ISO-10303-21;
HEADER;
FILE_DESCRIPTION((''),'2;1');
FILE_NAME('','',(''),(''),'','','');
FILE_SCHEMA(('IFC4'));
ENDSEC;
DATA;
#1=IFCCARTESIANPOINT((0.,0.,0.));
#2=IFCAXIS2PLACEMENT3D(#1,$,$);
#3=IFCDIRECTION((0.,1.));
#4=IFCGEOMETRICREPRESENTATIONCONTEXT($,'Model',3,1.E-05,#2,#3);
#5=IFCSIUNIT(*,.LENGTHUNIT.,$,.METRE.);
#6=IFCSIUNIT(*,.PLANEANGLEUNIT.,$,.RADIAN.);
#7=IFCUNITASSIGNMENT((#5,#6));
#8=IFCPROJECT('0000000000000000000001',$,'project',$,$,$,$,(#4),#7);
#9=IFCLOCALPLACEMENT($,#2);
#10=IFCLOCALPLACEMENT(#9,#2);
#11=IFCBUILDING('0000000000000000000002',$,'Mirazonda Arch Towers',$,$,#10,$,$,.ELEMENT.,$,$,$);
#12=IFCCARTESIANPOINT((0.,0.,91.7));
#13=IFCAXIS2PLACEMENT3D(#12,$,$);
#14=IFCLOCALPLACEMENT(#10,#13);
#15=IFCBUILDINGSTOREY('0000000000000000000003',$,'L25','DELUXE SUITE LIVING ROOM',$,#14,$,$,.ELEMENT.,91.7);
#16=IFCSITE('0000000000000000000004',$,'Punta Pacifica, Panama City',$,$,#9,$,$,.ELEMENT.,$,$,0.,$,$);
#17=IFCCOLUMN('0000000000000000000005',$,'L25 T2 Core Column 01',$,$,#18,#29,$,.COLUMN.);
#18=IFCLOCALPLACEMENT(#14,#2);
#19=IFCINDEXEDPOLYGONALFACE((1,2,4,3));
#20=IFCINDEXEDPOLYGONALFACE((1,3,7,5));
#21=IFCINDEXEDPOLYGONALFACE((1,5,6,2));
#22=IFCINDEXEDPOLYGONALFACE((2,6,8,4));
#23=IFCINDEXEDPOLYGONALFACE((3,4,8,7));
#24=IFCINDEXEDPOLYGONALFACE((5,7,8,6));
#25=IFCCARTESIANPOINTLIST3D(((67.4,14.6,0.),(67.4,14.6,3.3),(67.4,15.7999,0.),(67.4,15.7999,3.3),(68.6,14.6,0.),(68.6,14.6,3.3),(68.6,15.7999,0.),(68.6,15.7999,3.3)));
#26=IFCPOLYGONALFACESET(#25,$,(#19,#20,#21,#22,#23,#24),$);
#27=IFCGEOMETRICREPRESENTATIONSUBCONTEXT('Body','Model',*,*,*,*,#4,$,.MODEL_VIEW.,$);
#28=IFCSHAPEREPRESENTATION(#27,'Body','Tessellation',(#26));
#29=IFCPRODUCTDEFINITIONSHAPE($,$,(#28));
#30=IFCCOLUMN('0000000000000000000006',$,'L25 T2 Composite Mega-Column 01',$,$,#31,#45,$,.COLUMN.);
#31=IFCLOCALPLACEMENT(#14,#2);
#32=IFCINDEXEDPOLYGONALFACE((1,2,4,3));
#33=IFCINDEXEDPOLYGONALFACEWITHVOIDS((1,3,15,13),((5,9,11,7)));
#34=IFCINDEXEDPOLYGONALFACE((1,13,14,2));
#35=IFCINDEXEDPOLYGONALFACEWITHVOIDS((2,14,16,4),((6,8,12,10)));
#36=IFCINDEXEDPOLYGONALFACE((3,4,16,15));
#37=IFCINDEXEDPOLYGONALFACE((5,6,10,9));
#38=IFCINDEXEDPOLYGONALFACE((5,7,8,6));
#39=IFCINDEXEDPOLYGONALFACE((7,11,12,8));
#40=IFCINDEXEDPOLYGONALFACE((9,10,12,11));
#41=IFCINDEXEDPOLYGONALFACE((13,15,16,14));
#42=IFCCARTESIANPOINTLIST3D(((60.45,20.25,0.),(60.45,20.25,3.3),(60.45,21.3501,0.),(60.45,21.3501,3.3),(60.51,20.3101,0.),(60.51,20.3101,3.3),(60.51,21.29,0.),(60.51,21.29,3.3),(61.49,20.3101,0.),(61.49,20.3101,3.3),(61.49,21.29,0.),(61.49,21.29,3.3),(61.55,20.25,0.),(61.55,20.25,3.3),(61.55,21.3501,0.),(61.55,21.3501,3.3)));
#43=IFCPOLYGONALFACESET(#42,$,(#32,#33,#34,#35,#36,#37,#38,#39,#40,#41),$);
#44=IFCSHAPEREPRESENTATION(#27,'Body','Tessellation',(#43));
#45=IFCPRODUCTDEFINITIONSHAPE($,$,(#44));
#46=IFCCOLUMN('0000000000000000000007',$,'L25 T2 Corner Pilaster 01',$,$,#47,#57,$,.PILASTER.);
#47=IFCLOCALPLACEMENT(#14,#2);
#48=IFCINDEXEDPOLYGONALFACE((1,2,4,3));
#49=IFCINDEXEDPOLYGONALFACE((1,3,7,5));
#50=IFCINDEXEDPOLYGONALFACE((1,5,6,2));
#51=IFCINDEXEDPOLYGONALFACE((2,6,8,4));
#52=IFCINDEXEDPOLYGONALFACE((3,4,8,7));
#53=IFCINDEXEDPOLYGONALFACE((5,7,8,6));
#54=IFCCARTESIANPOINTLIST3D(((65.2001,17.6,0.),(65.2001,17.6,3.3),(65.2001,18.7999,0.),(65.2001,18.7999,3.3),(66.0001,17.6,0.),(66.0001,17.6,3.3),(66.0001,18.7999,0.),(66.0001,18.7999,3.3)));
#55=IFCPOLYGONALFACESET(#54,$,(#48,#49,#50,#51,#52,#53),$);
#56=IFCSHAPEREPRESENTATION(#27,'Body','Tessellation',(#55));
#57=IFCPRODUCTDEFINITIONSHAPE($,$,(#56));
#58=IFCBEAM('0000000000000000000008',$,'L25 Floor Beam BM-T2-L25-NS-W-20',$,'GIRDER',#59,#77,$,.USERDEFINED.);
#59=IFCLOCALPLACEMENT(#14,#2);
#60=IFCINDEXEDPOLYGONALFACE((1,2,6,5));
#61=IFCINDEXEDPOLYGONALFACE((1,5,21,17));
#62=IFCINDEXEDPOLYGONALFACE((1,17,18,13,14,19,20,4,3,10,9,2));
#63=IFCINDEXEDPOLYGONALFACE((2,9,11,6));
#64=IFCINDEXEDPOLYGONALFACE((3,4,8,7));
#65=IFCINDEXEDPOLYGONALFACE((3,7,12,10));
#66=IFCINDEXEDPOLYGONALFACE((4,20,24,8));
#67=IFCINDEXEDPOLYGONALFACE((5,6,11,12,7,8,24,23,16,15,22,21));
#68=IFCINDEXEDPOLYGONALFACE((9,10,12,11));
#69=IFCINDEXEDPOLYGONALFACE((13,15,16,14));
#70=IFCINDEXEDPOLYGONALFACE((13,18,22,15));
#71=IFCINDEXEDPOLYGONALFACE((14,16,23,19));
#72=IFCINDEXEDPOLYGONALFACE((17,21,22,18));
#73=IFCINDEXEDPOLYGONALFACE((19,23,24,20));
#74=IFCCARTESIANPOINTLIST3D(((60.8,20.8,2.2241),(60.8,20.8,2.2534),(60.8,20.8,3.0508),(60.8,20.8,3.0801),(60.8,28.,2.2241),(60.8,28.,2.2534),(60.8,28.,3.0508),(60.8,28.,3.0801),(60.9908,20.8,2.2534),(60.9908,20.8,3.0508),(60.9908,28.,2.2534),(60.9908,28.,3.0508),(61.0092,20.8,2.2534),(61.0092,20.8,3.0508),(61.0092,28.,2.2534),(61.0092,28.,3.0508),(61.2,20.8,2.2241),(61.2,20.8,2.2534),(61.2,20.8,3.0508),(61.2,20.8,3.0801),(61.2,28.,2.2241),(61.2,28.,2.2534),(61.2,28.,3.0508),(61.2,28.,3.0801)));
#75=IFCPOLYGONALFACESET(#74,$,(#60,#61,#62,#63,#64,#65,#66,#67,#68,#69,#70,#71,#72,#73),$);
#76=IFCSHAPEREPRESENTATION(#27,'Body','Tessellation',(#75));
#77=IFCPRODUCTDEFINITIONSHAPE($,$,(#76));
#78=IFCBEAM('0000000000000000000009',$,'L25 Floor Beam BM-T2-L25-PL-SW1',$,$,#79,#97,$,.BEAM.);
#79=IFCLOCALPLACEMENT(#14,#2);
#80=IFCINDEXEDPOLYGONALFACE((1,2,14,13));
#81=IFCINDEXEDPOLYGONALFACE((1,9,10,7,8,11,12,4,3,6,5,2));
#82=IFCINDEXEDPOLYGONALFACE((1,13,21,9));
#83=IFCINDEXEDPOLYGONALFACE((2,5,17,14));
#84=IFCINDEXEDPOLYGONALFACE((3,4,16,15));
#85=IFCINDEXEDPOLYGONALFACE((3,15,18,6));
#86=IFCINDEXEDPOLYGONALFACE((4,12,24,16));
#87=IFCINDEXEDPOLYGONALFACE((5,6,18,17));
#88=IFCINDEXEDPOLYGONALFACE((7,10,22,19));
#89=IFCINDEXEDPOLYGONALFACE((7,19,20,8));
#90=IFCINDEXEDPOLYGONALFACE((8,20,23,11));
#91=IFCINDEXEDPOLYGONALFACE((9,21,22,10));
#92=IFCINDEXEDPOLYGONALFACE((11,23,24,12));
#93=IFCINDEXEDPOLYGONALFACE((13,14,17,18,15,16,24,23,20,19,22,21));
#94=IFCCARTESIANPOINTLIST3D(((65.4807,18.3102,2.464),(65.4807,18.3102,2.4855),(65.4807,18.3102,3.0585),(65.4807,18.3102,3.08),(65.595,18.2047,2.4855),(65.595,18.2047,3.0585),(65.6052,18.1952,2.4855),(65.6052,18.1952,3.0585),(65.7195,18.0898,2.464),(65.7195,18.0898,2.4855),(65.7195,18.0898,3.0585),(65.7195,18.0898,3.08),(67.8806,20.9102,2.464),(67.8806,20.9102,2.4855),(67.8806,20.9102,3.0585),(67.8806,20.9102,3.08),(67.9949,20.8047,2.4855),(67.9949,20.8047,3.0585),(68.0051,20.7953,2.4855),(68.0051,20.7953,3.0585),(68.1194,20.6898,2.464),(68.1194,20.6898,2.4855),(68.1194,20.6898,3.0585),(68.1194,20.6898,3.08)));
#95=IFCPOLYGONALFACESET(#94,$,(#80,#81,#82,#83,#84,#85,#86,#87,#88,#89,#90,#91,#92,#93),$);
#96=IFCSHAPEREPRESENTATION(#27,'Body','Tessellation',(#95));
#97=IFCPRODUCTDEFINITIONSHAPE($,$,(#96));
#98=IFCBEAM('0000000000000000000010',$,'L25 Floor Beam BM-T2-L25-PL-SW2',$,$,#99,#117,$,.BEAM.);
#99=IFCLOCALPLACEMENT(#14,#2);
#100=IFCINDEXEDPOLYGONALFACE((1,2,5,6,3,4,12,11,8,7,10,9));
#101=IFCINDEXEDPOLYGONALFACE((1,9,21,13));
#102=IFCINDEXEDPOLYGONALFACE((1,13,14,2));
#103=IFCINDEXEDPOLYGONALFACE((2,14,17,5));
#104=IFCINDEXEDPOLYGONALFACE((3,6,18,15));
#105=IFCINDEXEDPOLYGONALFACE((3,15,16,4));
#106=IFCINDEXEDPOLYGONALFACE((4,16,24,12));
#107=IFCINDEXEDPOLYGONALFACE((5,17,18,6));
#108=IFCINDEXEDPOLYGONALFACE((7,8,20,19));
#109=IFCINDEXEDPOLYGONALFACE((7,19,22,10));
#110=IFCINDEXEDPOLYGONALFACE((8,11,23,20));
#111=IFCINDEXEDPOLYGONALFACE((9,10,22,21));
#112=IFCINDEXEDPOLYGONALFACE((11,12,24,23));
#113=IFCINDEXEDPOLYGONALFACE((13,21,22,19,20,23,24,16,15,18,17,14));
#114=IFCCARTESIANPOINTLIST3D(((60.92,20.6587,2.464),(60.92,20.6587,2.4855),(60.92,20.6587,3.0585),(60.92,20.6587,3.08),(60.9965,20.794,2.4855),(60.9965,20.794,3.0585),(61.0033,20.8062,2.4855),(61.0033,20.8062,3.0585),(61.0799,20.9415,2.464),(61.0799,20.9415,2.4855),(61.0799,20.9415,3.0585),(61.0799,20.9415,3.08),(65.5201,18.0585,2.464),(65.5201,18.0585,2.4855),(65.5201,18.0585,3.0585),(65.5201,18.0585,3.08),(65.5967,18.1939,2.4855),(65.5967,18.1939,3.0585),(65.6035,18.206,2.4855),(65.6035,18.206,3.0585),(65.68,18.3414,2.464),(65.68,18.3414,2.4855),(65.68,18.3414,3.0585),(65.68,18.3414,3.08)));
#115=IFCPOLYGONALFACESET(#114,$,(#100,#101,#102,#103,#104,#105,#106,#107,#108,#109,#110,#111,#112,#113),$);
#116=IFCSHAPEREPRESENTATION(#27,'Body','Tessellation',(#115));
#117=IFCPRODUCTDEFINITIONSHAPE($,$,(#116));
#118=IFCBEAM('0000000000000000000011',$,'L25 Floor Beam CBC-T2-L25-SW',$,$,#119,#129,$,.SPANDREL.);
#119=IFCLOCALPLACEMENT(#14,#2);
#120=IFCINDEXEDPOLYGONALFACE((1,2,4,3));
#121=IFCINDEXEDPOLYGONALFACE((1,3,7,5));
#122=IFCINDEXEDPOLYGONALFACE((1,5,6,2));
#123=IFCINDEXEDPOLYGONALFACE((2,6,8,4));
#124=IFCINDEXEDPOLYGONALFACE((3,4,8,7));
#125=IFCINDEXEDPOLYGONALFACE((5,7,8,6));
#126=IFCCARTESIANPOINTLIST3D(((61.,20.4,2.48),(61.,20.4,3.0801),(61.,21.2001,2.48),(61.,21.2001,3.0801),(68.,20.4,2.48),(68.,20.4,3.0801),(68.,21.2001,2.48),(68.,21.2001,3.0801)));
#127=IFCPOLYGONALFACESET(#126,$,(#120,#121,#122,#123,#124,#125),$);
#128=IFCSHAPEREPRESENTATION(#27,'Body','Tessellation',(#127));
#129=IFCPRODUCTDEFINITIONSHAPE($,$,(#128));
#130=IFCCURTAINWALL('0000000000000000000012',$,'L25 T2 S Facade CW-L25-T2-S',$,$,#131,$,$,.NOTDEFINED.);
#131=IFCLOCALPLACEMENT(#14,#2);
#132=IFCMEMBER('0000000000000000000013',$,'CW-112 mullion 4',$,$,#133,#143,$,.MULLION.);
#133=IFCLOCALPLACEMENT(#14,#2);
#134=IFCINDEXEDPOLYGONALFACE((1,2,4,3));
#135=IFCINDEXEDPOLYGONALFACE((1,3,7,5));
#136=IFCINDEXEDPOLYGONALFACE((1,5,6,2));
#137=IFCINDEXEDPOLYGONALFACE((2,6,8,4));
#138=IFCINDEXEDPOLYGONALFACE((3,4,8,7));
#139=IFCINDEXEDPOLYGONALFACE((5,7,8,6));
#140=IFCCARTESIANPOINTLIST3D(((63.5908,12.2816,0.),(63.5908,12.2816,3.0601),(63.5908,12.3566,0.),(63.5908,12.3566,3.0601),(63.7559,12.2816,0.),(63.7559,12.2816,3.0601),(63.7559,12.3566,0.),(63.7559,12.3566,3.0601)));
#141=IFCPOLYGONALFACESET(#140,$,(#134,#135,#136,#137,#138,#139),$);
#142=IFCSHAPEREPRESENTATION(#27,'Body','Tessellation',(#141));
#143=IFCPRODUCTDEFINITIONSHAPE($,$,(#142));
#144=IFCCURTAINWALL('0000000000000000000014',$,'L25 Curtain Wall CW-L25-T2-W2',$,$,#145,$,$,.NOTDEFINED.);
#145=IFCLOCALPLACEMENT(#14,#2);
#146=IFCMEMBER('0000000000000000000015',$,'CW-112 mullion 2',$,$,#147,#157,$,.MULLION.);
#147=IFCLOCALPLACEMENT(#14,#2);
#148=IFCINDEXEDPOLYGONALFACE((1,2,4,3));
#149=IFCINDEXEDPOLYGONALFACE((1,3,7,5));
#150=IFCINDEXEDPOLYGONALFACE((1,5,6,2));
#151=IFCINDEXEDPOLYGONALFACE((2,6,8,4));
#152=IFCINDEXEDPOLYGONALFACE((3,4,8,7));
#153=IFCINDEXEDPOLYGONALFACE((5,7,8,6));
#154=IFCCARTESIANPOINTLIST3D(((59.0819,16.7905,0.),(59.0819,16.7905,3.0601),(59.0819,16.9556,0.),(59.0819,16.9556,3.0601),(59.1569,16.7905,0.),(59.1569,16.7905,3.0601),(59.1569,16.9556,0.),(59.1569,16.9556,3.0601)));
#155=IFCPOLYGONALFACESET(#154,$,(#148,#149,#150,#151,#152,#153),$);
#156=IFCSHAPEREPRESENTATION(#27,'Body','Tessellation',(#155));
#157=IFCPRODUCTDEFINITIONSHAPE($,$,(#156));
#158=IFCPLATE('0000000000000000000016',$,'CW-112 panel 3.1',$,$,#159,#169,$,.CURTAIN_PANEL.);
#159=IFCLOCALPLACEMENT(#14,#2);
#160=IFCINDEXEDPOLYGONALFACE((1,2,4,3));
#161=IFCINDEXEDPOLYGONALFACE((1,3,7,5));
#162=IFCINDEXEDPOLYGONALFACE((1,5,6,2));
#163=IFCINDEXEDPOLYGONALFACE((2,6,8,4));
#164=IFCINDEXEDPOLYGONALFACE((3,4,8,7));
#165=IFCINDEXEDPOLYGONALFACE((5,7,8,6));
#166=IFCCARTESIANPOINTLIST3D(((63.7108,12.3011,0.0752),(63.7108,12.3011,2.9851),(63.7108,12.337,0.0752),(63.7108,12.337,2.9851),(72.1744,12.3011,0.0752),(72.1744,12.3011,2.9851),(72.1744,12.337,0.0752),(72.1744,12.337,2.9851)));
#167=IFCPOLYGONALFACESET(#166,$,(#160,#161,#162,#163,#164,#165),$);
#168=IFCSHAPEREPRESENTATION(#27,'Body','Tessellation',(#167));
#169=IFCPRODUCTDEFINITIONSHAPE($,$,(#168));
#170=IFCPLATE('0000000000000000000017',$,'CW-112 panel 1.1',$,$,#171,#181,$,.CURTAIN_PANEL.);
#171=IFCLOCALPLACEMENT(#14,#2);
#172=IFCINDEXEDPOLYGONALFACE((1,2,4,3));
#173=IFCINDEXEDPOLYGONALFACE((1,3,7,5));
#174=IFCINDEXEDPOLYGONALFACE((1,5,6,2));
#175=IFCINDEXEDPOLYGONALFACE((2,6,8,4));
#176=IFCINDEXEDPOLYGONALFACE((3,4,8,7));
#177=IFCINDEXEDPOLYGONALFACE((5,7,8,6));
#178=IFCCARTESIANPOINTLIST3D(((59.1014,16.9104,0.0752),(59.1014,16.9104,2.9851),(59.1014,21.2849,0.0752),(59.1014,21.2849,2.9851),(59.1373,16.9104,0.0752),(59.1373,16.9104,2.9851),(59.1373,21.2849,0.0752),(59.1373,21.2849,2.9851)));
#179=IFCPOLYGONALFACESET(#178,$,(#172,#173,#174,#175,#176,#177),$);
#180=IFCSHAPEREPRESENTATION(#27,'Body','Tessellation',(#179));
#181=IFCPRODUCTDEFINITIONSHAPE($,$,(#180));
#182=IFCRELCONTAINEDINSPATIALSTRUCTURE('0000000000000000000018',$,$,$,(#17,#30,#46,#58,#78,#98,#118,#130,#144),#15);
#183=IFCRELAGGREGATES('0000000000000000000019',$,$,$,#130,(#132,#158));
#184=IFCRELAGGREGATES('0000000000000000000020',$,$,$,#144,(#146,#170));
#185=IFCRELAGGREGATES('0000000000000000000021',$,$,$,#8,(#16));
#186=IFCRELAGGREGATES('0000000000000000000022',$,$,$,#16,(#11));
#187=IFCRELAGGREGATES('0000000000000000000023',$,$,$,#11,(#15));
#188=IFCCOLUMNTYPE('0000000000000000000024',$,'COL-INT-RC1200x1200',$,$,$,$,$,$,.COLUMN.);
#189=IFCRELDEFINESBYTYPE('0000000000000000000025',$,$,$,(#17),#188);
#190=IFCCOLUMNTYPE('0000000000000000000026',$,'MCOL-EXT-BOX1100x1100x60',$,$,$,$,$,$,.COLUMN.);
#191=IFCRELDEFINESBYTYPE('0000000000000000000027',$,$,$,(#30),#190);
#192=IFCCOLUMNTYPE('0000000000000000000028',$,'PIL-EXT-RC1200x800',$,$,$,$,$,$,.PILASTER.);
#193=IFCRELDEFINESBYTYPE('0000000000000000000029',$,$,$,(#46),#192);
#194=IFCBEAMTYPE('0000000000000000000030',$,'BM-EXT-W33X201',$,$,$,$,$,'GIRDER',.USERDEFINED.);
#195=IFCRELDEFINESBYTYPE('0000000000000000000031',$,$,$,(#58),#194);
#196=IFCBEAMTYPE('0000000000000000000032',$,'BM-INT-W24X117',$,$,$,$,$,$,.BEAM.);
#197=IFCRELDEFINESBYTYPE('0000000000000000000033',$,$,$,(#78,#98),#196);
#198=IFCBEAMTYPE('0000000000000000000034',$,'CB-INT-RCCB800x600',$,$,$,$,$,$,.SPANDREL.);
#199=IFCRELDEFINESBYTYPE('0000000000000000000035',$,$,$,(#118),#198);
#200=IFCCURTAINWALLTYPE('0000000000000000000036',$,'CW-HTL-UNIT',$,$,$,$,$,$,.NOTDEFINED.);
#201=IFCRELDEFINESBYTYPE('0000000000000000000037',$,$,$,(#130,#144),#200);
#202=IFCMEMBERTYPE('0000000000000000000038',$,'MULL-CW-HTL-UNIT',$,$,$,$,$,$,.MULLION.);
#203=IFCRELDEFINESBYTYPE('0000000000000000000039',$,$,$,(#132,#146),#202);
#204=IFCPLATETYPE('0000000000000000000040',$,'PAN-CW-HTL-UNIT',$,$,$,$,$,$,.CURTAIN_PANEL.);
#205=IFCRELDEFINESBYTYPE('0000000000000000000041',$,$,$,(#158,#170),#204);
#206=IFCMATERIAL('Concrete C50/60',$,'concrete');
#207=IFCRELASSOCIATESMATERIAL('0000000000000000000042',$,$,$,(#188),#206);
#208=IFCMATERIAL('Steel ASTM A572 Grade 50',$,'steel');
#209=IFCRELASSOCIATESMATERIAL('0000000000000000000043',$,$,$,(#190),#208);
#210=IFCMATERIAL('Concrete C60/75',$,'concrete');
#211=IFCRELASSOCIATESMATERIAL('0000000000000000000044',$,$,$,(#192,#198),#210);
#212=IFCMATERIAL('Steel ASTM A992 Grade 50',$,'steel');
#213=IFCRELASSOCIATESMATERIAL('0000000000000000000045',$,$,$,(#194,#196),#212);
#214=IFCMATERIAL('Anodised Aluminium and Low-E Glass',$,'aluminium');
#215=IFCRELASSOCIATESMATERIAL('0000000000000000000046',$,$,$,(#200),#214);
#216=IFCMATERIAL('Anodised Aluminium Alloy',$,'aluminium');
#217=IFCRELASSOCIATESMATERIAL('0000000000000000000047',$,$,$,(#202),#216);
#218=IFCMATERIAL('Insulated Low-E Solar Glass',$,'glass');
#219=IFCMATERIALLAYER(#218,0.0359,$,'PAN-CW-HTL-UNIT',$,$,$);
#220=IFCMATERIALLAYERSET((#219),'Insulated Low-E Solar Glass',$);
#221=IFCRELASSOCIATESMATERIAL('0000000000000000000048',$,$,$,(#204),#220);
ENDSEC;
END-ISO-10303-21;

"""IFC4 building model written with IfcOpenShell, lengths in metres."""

from ifc_helpers import new_model, si_unit, direction, frame, origin, origin_2d, place, context, subcontext, project, spatial, rectangle, hollow_rectangle, i_section, extrude, material, layer, layer_set, material_profile, profile_set, type_object, element, aggregate, save


model = new_model("IFC4")

# Units and contexts
model_context = context("Model", 3, precision=1e-05, world=origin(), true_north=direction((0.0, 1.0)))
body_context = subcontext(model_context, "Body", "Model", "MODEL_VIEW")
ifc_project = project(units=[si_unit("LENGTHUNIT", "METRE"), si_unit("PLANEANGLEUNIT", "RADIAN")], contexts=[model_context])

# Site, building, storey
site_placement = place(None, origin())
site = spatial("IfcSite", under=ifc_project, at=site_placement, Name="Punta Pacifica, Panama City", CompositionType="ELEMENT", RefElevation=0.0)
building_placement = place(site_placement, origin())
building = spatial("IfcBuilding", under=site, at=building_placement, Name="Mirazonda Arch Towers", CompositionType="ELEMENT")
storey_placement = place(building_placement, frame((0.0, 0.0, 91.7)))
storey = spatial("IfcBuildingStorey", under=building, at=storey_placement, Name="L25", Description="DELUXE SUITE LIVING ROOM", CompositionType="ELEMENT", Elevation=91.7)

# Columns
ifc_material_1 = material(Name="Concrete C50/60", Category="concrete")
ifc_material_profile_1 = material_profile(ifc_material_1, rectangle(XDim=1.2, YDim=1.2, at=origin_2d()), Name="RC1200x1200")
ifc_profile_set_1 = profile_set([ifc_material_profile_1], Name="Concrete C50/60")
column_type_1 = type_object("IfcColumnType", Name="COL-INT-RC1200x1200", PredefinedType="COLUMN", material=ifc_profile_set_1)
column_1_placement = place(storey_placement, frame((68.0, 15.2, 0.0), z_axis=(0.0, 0.0, 1.0), x_axis=(1.0, 0.0, 0.0)))
element("IfcColumn", 1, at=column_1_placement, inside=storey, type_object=column_type_1, Name="L25 T2 Core Column 01", PredefinedType="COLUMN", context=body_context, shape_type="SweptSolid", body=[
    extrude(rectangle(XDim=1.2, YDim=1.2, at=origin_2d()), origin(), (0.0, 0.0, 1.0), 3.3),
])
ifc_material_2 = material(Name="Steel ASTM A572 Grade 50", Category="steel")
ifc_material_profile_2 = material_profile(ifc_material_2, hollow_rectangle(XDim=1.1001, YDim=1.1001, WallThickness=0.0601, at=origin_2d()), Name="BOX1100x1100x60")
ifc_profile_set_2 = profile_set([ifc_material_profile_2], Name="Steel ASTM A572 Grade 50")
column_type_2 = type_object("IfcColumnType", Name="MCOL-EXT-BOX1100x1100x60", PredefinedType="COLUMN", material=ifc_profile_set_2)
column_2_placement = place(storey_placement, frame((61.0, 20.8, 0.0), z_axis=(0.0, 0.0, 1.0), x_axis=(1.0, 0.0, 0.0)))
element("IfcColumn", 2, at=column_2_placement, inside=storey, type_object=column_type_2, Name="L25 T2 Composite Mega-Column 01", PredefinedType="COLUMN", context=body_context, shape_type="SweptSolid", body=[
    extrude(hollow_rectangle(XDim=1.1001, YDim=1.1001, WallThickness=0.0601, at=origin_2d()), origin(), (0.0, 0.0, 1.0), 3.3),
])
ifc_material_3 = material(Name="Concrete C60/75", Category="concrete")
ifc_material_profile_3 = material_profile(ifc_material_3, rectangle(XDim=0.8, YDim=1.2, at=origin_2d()), Name="RC1200x800")
ifc_profile_set_3 = profile_set([ifc_material_profile_3], Name="Concrete C60/75")
column_type_3 = type_object("IfcColumnType", Name="PIL-EXT-RC1200x800", PredefinedType="PILASTER", material=ifc_profile_set_3)
column_3_placement = place(storey_placement, frame((65.6001, 18.2, 0.0), z_axis=(0.0, 0.0, 1.0), x_axis=(1.0, 0.0, 0.0)))
element("IfcColumn", 3, at=column_3_placement, inside=storey, type_object=column_type_3, Name="L25 T2 Corner Pilaster 01", PredefinedType="PILASTER", context=body_context, shape_type="SweptSolid", body=[
    extrude(rectangle(XDim=0.8, YDim=1.2, at=origin_2d()), origin(), (0.0, 0.0, 1.0), 3.3),
])

# Beams
ifc_material_4 = material(Name="Steel ASTM A992 Grade 50", Category="steel")
ifc_material_profile_4 = material_profile(ifc_material_4, i_section(OverallWidth=0.3999, OverallDepth=0.856, WebThickness=0.0183, FlangeThickness=0.0293, at=origin_2d()), Name="W33X201")
ifc_profile_set_4 = profile_set([ifc_material_profile_4], Name="Steel ASTM A992 Grade 50")
beam_type_1 = type_object("IfcBeamType", Name="BM-EXT-W33X201", ElementType="GIRDER", PredefinedType="USERDEFINED", material=ifc_profile_set_4)
beam_1_placement = place(storey_placement, frame((61.0, 20.8, 2.6521), z_axis=(0.0, 1.0, 0.0), x_axis=(-1.0, 0.0, 0.0)))
element("IfcBeam", 4, at=beam_1_placement, inside=storey, type_object=beam_type_1, Name="L25 Floor Beam BM-T2-L25-NS-W-20", ObjectType="GIRDER", PredefinedType="USERDEFINED", context=body_context, shape_type="SweptSolid", body=[
    extrude(i_section(OverallWidth=0.3999, OverallDepth=0.856, WebThickness=0.0183, FlangeThickness=0.0293, at=origin_2d()), origin(), (0.0, 0.0, 1.0), 7.2),
])
ifc_material_profile_5 = material_profile(ifc_material_4, i_section(OverallWidth=0.325, OverallDepth=0.616, WebThickness=0.0139, FlangeThickness=0.0215, at=origin_2d()), Name="W24X117")
ifc_profile_set_5 = profile_set([ifc_material_profile_5], Name="Steel ASTM A992 Grade 50")
beam_type_2 = type_object("IfcBeamType", Name="BM-INT-W24X117", PredefinedType="BEAM", material=ifc_profile_set_5)
beam_2_placement = place(storey_placement, frame((65.6001, 18.2, 2.772), z_axis=(0.678251, 0.73483, 0.0), x_axis=(-0.73483, 0.678251, 0.0)))
element("IfcBeam", 5, at=beam_2_placement, inside=storey, type_object=beam_type_2, Name="L25 Floor Beam BM-T2-L25-PL-SW1", PredefinedType="BEAM", context=body_context, shape_type="SweptSolid", body=[
    extrude(i_section(OverallWidth=0.325, OverallDepth=0.616, WebThickness=0.0139, FlangeThickness=0.0215, at=origin_2d()), origin(), (0.0, 0.0, 1.0), 3.5383),
])
beam_3_placement = place(storey_placement, frame((65.6001, 18.2, 2.772), z_axis=(-0.870559, 0.492063, 0.0), x_axis=(-0.492063, -0.870559, 0.0)))
element("IfcBeam", 6, at=beam_3_placement, inside=storey, type_object=beam_type_2, Name="L25 Floor Beam BM-T2-L25-PL-SW2", PredefinedType="BEAM", context=body_context, shape_type="SweptSolid", body=[
    extrude(i_section(OverallWidth=0.325, OverallDepth=0.616, WebThickness=0.0139, FlangeThickness=0.0215, at=origin_2d()), origin(), (0.0, 0.0, 1.0), 5.2842),
])
ifc_material_profile_6 = material_profile(ifc_material_3, rectangle(XDim=0.8, YDim=0.6001, at=origin_2d()), Name="RCCB800x600")
ifc_profile_set_6 = profile_set([ifc_material_profile_6], Name="Concrete C60/75")
beam_type_3 = type_object("IfcBeamType", Name="CB-INT-RCCB800x600", PredefinedType="SPANDREL", material=ifc_profile_set_6)
beam_4_placement = place(storey_placement, frame((61.0, 20.8, 2.78), z_axis=(1.0, 0.0, 0.0), x_axis=(0.0, 1.0, 0.0)))
element("IfcBeam", 7, at=beam_4_placement, inside=storey, type_object=beam_type_3, Name="L25 Floor Beam CBC-T2-L25-SW", PredefinedType="SPANDREL", context=body_context, shape_type="SweptSolid", body=[
    extrude(rectangle(XDim=0.8, YDim=0.6001, at=origin_2d()), origin(), (0.0, 0.0, 1.0), 7.0),
])

# Curtain walls, members
ifc_material_5 = material(Name="Anodised Aluminium and Low-E Glass", Category="aluminium")
curtain_wall_type = type_object("IfcCurtainWallType", Name="CW-HTL-UNIT", PredefinedType="NOTDEFINED", material=ifc_material_5)
curtain_wall_1_placement = place(storey_placement, origin())
curtain_wall_1 = element("IfcCurtainWall", 8, at=curtain_wall_1_placement, inside=storey, type_object=curtain_wall_type, Name="L25 T2 S Facade CW-L25-T2-S", PredefinedType="NOTDEFINED")
ifc_material_6 = material(Name="Anodised Aluminium Alloy", Category="aluminium")
ifc_material_profile_7 = material_profile(ifc_material_6, rectangle(XDim=0.075, YDim=0.165, at=origin_2d()), Name="ALU-MULL-75x165")
ifc_profile_set_7 = profile_set([ifc_material_profile_7], Name="Anodised Aluminium Alloy")
member_type = type_object("IfcMemberType", Name="MULL-CW-HTL-UNIT", PredefinedType="MULLION", material=ifc_profile_set_7)
member_1_placement = place(storey_placement, frame((63.6733, 12.3191, 0.0), z_axis=(0.0, 0.0, 1.0), x_axis=(0.0, -1.0, 0.0)))
member_1 = element("IfcMember", 9, at=member_1_placement, type_object=member_type, Name="CW-112 mullion 4", PredefinedType="MULLION", context=body_context, shape_type="SweptSolid", body=[
    extrude(rectangle(XDim=0.075, YDim=0.165, at=origin_2d()), origin(), (0.0, 0.0, 1.0), 3.0601),
])
curtain_wall_2_placement = place(storey_placement, origin())
curtain_wall_2 = element("IfcCurtainWall", 10, at=curtain_wall_2_placement, inside=storey, type_object=curtain_wall_type, Name="L25 Curtain Wall CW-L25-T2-W2", PredefinedType="NOTDEFINED")
member_2_placement = place(storey_placement, frame((59.1194, 16.873, 0.0), z_axis=(0.0, 0.0, 1.0), x_axis=(1.0, 0.0, 0.0)))
member_2 = element("IfcMember", 11, at=member_2_placement, type_object=member_type, Name="CW-112 mullion 2", PredefinedType="MULLION", context=body_context, shape_type="SweptSolid", body=[
    extrude(rectangle(XDim=0.075, YDim=0.165, at=origin_2d()), origin(), (0.0, 0.0, 1.0), 3.0601),
])

# Plates
ifc_material_7 = material(Name="Insulated Low-E Solar Glass", Category="glass")
ifc_layer_1 = layer(ifc_material_7, 0.0359, Name="PAN-CW-HTL-UNIT")
ifc_layer_set_1 = layer_set([ifc_layer_1], Name="Insulated Low-E Solar Glass")
plate_type = type_object("IfcPlateType", Name="PAN-CW-HTL-UNIT", PredefinedType="CURTAIN_PANEL", material=ifc_layer_set_1)
plate_1_placement = place(storey_placement, frame((67.9426, 12.3191, 0.0752), z_axis=(0.0, 0.0, 1.0), x_axis=(-1.0, 0.0, 0.0)))
plate_1 = element("IfcPlate", 12, at=plate_1_placement, type_object=plate_type, Name="CW-112 panel 3.1", PredefinedType="CURTAIN_PANEL", context=body_context, shape_type="SweptSolid", body=[
    extrude(rectangle(XDim=8.4636, YDim=0.0359, at=origin_2d()), origin(), (0.0, 0.0, 1.0), 2.9099),
])
aggregate(curtain_wall_1, [member_1, plate_1])
plate_2_placement = place(storey_placement, frame((59.1194, 19.0977, 0.0752), z_axis=(0.0, 0.0, 1.0), x_axis=(0.0, -1.0, 0.0)))
plate_2 = element("IfcPlate", 13, at=plate_2_placement, type_object=plate_type, Name="CW-112 panel 1.1", PredefinedType="CURTAIN_PANEL", context=body_context, shape_type="SweptSolid", body=[
    extrude(rectangle(XDim=4.3745, YDim=0.0359, at=origin_2d()), origin(), (0.0, 0.0, 1.0), 2.9099),
])
aggregate(curtain_wall_2, [member_2, plate_2])

save(model, "model.ifc")
